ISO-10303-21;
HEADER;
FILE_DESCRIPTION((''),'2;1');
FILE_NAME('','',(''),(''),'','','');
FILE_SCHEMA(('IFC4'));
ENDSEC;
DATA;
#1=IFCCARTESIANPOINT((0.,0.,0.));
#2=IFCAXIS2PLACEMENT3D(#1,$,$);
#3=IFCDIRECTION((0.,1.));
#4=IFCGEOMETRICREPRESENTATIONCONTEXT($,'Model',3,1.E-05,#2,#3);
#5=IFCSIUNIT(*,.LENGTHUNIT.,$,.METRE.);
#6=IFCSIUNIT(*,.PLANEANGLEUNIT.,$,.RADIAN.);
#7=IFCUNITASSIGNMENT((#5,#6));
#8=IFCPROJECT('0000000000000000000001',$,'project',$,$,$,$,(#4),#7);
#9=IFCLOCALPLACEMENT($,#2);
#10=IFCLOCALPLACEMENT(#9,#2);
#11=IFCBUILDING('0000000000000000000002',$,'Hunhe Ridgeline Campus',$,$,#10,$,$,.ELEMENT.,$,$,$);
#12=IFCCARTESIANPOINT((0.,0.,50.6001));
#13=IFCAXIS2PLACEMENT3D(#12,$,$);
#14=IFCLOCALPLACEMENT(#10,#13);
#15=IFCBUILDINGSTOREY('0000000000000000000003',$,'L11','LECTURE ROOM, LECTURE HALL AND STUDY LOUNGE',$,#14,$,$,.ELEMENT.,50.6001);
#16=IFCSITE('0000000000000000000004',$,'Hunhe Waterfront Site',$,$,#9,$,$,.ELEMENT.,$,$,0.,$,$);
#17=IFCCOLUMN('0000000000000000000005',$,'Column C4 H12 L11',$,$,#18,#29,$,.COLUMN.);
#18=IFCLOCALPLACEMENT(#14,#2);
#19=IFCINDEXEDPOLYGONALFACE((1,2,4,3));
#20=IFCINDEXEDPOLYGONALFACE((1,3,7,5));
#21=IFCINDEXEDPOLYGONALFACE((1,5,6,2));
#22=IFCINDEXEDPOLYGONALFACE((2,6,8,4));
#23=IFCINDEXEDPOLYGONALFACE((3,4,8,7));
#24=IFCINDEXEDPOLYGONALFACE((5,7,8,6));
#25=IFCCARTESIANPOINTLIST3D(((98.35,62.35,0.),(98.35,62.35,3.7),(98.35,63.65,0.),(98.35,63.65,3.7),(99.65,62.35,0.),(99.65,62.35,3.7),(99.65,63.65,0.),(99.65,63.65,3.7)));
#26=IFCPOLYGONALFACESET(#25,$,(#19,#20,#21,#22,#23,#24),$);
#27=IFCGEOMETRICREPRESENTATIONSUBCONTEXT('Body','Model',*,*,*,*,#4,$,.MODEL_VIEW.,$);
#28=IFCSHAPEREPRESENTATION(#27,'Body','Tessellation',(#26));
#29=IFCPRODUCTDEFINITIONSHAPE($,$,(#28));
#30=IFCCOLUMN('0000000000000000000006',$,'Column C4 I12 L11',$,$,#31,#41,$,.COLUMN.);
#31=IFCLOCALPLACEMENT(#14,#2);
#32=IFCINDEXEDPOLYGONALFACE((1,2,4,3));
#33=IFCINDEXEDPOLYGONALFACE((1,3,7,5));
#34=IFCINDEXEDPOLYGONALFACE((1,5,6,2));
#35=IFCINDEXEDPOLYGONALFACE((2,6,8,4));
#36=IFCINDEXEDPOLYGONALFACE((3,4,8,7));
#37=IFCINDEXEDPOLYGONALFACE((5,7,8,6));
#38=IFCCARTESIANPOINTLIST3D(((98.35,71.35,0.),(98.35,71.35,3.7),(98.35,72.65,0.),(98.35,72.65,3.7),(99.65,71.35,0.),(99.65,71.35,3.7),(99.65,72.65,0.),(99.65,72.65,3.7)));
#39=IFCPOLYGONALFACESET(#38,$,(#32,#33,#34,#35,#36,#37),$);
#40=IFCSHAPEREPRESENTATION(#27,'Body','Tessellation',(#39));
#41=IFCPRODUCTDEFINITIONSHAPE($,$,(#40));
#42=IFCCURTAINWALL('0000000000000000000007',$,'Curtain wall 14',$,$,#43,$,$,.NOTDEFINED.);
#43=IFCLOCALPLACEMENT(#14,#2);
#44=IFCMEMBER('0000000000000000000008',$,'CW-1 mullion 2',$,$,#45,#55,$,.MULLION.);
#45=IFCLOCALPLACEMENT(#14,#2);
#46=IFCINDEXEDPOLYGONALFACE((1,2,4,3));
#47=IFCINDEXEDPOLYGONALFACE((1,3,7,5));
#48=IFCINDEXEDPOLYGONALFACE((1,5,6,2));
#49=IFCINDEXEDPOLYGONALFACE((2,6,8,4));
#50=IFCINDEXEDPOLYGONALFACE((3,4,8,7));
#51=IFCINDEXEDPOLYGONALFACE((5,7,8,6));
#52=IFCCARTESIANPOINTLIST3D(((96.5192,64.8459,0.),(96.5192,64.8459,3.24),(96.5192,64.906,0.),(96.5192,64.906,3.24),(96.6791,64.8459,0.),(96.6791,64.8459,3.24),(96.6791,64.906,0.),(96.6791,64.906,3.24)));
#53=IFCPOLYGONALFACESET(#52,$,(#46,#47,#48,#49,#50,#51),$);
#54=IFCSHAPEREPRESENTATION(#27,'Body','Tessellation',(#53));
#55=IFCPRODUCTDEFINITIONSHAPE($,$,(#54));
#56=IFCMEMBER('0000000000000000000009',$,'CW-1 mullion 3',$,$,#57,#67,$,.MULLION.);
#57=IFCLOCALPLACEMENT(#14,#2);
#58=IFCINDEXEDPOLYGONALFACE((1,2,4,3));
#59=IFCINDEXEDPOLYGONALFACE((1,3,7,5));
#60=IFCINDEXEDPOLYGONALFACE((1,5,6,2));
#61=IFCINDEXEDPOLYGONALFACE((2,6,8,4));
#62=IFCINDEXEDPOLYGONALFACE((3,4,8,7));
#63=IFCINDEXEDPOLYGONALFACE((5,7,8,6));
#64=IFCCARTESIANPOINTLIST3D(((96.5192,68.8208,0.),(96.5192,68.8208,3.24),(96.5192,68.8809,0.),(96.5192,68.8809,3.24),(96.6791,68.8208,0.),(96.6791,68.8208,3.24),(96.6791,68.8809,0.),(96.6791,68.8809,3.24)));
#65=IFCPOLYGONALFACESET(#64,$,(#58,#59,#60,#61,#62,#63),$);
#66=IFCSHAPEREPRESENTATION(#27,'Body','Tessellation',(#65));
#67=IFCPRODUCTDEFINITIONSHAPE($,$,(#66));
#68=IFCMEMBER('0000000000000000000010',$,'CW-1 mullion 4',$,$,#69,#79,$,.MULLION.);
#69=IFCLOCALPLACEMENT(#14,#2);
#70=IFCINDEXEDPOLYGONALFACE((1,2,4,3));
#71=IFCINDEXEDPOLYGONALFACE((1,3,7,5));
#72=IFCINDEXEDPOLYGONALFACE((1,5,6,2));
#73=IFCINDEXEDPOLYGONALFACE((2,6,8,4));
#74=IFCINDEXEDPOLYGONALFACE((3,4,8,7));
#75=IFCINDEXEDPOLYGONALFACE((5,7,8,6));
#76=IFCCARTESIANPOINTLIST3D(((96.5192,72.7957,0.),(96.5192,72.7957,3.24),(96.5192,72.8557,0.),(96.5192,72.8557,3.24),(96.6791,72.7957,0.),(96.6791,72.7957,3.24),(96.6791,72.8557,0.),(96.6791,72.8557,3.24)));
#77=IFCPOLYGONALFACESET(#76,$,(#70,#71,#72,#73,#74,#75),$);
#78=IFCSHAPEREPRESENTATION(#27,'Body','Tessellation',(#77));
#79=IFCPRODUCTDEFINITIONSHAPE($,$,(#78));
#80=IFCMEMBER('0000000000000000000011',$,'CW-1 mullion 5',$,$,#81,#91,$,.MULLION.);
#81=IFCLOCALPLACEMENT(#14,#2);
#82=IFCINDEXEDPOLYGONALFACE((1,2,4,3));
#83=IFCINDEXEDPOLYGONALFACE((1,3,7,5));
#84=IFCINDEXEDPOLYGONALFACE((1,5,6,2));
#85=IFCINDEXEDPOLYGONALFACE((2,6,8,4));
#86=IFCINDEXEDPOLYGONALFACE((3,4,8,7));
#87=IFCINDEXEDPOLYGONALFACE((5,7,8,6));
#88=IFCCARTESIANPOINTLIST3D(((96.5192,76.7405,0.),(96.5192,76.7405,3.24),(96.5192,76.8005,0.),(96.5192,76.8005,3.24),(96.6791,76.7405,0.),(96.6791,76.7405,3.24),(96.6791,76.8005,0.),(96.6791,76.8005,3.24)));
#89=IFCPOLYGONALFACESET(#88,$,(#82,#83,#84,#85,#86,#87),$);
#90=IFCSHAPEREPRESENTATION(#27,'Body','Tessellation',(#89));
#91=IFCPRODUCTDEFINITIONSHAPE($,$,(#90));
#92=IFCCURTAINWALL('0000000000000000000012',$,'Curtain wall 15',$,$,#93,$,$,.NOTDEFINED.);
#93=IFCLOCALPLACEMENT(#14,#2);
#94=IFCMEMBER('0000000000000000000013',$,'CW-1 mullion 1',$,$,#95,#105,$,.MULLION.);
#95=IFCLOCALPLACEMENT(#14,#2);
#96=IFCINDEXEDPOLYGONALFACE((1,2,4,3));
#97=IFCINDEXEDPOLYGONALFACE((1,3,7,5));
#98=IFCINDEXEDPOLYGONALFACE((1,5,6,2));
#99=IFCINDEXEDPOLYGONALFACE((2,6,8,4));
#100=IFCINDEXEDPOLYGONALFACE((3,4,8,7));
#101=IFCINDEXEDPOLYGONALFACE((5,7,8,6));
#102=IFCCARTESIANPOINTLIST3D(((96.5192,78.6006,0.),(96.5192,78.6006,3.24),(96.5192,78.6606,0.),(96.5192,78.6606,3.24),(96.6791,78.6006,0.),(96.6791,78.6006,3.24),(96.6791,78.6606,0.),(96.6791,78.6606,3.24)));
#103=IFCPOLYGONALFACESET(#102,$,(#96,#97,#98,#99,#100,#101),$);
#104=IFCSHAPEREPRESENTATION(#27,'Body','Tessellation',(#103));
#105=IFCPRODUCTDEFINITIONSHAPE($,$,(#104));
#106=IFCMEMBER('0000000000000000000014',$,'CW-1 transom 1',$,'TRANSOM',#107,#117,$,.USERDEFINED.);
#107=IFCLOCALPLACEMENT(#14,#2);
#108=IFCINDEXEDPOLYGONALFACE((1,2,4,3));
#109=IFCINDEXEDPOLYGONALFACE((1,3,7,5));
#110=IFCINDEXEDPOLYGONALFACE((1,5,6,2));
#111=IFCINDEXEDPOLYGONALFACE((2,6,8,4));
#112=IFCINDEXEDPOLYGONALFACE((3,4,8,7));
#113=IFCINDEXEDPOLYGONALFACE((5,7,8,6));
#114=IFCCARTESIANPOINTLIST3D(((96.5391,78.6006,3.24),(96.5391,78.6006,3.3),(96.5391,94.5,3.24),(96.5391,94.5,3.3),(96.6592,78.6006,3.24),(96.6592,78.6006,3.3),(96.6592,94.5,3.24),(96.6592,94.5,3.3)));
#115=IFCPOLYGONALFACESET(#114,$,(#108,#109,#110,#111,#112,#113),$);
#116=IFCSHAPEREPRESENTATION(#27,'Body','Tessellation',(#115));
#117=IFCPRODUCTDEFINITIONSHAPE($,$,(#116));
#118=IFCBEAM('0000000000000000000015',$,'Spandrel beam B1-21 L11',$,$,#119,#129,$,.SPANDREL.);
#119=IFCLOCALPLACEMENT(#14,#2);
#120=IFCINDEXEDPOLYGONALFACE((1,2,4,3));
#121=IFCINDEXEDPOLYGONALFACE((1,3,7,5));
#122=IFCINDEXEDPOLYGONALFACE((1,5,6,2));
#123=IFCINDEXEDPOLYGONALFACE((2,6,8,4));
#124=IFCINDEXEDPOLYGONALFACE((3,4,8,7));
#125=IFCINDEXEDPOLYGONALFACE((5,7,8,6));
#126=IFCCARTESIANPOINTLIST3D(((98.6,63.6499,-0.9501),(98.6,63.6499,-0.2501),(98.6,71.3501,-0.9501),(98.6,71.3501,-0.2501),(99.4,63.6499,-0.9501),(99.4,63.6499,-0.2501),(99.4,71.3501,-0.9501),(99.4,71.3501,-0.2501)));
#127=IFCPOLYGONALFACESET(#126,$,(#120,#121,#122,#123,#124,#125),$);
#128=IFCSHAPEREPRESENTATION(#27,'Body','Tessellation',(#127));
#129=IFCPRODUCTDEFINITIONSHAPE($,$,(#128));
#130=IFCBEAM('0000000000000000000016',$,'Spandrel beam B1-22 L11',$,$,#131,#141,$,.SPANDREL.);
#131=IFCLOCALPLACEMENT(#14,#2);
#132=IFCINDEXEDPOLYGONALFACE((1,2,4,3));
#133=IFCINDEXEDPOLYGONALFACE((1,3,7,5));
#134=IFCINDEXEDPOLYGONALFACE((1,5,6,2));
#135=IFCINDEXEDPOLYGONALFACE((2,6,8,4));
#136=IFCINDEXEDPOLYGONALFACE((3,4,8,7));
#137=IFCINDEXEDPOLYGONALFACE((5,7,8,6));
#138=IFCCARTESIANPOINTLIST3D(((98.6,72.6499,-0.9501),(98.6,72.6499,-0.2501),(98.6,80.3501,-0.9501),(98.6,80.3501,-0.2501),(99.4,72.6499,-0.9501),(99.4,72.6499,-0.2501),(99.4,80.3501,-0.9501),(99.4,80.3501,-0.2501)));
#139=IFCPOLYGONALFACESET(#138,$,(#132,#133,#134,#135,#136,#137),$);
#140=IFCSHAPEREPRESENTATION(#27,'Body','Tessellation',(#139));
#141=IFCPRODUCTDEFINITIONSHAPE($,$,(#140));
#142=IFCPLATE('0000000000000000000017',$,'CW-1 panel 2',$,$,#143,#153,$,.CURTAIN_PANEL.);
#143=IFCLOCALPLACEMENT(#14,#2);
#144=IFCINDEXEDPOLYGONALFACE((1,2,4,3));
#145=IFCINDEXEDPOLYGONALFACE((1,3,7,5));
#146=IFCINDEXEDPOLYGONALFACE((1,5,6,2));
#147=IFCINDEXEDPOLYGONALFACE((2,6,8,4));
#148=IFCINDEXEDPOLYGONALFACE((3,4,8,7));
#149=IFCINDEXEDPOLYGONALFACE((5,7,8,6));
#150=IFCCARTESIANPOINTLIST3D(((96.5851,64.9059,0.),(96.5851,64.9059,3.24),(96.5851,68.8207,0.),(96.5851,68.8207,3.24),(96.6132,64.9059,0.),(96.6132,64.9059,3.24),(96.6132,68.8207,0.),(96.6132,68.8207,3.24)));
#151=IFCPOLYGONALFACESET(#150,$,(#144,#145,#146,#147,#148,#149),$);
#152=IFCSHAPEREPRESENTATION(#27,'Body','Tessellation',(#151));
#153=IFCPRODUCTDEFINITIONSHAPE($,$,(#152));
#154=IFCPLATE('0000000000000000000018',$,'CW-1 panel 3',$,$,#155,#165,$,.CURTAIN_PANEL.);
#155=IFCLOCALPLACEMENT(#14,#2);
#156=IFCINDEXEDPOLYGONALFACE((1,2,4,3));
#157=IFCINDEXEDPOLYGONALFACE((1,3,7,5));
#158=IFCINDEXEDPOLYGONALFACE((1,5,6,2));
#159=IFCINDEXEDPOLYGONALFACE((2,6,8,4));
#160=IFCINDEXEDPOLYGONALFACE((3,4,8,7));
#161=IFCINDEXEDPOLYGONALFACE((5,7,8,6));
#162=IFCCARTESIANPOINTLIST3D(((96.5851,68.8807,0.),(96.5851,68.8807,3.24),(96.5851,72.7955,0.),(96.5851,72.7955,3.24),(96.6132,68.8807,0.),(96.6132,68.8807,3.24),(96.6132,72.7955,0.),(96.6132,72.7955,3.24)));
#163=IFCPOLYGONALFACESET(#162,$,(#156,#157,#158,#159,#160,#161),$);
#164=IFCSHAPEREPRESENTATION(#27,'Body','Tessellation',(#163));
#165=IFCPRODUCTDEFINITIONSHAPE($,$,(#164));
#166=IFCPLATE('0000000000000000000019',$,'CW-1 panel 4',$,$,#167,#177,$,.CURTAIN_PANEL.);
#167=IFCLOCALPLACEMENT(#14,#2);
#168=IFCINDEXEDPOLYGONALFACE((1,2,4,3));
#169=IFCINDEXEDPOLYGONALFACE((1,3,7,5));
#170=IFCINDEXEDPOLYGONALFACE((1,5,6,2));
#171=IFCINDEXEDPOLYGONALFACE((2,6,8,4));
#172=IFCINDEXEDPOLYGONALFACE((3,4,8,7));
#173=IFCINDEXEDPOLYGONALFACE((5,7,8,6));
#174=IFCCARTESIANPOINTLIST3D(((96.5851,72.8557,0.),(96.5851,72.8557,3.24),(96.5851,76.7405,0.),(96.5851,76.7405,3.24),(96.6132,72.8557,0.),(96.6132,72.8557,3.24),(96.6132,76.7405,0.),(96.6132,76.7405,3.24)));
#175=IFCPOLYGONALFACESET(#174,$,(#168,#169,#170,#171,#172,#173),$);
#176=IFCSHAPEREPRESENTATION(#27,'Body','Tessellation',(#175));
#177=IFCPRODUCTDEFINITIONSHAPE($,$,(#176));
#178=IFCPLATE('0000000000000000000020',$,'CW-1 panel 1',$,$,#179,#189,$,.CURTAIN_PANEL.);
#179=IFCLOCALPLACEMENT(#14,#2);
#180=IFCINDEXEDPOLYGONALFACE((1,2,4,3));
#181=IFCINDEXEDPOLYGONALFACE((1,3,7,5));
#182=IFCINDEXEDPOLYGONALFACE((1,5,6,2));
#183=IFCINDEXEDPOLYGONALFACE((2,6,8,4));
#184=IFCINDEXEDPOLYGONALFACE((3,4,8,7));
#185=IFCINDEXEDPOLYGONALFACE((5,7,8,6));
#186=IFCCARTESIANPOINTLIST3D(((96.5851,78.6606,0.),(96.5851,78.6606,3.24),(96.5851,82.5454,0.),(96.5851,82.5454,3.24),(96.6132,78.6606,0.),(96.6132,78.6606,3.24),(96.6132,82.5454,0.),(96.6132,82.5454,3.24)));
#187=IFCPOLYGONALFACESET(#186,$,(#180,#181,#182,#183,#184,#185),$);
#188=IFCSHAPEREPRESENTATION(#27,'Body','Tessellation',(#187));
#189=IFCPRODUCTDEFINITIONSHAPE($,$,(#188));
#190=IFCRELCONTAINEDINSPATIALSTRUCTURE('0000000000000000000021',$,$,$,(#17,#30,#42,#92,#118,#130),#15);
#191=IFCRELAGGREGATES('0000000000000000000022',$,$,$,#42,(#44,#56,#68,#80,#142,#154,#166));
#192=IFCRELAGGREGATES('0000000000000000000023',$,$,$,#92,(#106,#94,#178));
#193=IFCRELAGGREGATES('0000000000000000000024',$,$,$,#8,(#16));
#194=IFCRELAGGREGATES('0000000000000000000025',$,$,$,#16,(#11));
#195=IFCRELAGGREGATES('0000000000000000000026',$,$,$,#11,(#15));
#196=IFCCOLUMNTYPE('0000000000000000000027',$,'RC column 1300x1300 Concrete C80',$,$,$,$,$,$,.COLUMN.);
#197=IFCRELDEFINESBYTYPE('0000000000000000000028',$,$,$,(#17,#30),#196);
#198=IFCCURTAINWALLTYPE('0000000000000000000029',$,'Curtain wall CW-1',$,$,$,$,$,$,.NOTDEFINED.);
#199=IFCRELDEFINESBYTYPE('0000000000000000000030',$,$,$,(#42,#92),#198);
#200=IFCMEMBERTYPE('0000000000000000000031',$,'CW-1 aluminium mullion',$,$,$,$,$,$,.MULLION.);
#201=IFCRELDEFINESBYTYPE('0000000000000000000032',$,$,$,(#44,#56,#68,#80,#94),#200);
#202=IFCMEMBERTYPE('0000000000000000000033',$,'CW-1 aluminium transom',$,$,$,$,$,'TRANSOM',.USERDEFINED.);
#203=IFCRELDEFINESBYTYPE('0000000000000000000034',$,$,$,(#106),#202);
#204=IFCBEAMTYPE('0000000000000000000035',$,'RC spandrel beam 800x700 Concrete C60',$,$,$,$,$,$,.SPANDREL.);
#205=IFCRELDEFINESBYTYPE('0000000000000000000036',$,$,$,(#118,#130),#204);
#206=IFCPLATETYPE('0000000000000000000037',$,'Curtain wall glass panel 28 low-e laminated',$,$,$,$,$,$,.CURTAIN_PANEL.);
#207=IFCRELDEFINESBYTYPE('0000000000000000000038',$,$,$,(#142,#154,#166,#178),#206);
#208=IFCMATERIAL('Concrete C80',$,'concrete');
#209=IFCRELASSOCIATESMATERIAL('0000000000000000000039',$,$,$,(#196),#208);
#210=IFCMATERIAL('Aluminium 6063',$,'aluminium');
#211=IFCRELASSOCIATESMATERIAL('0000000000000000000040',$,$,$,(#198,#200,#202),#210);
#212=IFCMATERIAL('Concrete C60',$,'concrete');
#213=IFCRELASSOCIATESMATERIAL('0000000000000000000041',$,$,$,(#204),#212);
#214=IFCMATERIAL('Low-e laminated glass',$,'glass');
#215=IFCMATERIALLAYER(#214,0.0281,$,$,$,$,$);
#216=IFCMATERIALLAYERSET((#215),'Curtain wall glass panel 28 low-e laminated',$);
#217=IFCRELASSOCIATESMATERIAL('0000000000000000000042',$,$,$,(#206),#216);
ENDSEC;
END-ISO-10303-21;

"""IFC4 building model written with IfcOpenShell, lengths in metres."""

from ifc_helpers import new_model, si_unit, direction, frame, origin, origin_2d, place, context, subcontext, project, spatial, rectangle, extrude, material, layer, layer_set, material_profile, profile_set, type_object, element, aggregate, save


model = new_model("IFC4")

# Units and contexts
model_context = context("Model", 3, precision=1e-05, world=origin(), true_north=direction((0.0, 1.0)))
body_context = subcontext(model_context, "Body", "Model", "MODEL_VIEW")
ifc_project = project(units=[si_unit("LENGTHUNIT", "METRE"), si_unit("PLANEANGLEUNIT", "RADIAN")], contexts=[model_context])

# Site, building, storey
site_placement = place(None, origin())
site = spatial("IfcSite", under=ifc_project, at=site_placement, Name="Hunhe Waterfront Site", CompositionType="ELEMENT", RefElevation=0.0)
building_placement = place(site_placement, origin())
building = spatial("IfcBuilding", under=site, at=building_placement, Name="Hunhe Ridgeline Campus", CompositionType="ELEMENT")
storey_placement = place(building_placement, frame((0.0, 0.0, 50.6001)))
storey = spatial("IfcBuildingStorey", under=building, at=storey_placement, Name="L11", Description="LECTURE ROOM, LECTURE HALL AND STUDY LOUNGE", CompositionType="ELEMENT", Elevation=50.6001)

# Columns
ifc_material_1 = material(Name="Concrete C80", Category="concrete")
ifc_material_profile_1 = material_profile(ifc_material_1, rectangle(XDim=1.3, YDim=1.3, at=origin_2d()))
ifc_profile_set_1 = profile_set([ifc_material_profile_1], Name="Concrete C80")
column_type = type_object("IfcColumnType", Name="RC column 1300x1300 Concrete C80", PredefinedType="COLUMN", material=ifc_profile_set_1)
for number, where, z_axis, x_axis, name in (
    (1, (99.0, 63.0, 0.0), (0.0, 0.0, 1.0), (1.0, 0.0, 0.0), "Column C4 H12 L11"),
    (2, (99.0, 72.0, 0.0), (0.0, 0.0, 1.0), (1.0, 0.0, 0.0), "Column C4 I12 L11"),
):
    element("IfcColumn", number, at=place(storey_placement, frame(where, z_axis=z_axis, x_axis=x_axis)), inside=storey, type_object=column_type, Name=name, PredefinedType="COLUMN", context=body_context, shape_type="SweptSolid", body=[
        extrude(rectangle(XDim=1.3, YDim=1.3, at=origin_2d()), origin(), (0.0, 0.0, 1.0), 3.7),
    ])

# Curtain walls, members
ifc_material_2 = material(Name="Aluminium 6063", Category="aluminium")
curtain_wall_type = type_object("IfcCurtainWallType", Name="Curtain wall CW-1", PredefinedType="NOTDEFINED", material=ifc_material_2)
curtain_wall_1_placement = place(storey_placement, origin())
curtain_wall_1 = element("IfcCurtainWall", 3, at=curtain_wall_1_placement, inside=storey, type_object=curtain_wall_type, Name="Curtain wall 14", PredefinedType="NOTDEFINED")
ifc_material_profile_2 = material_profile(ifc_material_2, rectangle(XDim=0.1599, YDim=0.0601, at=origin_2d()))
ifc_profile_set_2 = profile_set([ifc_material_profile_2], Name="Aluminium 6063")
member_type_1 = type_object("IfcMemberType", Name="CW-1 aluminium mullion", PredefinedType="MULLION", material=ifc_profile_set_2)
member_1_placement = place(storey_placement, frame((96.5991, 64.876, 0.0), z_axis=(0.0, 0.0, 1.0), x_axis=(-1.0, 0.0, 0.0)))
member_1 = element("IfcMember", 4, at=member_1_placement, type_object=member_type_1, Name="CW-1 mullion 2", PredefinedType="MULLION", context=body_context, shape_type="SweptSolid", body=[
    extrude(rectangle(XDim=0.1599, YDim=0.0601, at=origin_2d()), origin(), (0.0, 0.0, 1.0), 3.24),
])
member_2_placement = place(storey_placement, frame((96.5991, 68.8508, 0.0), z_axis=(0.0, 0.0, 1.0), x_axis=(-1.0, 0.0, 0.0)))
member_2 = element("IfcMember", 5, at=member_2_placement, type_object=member_type_1, Name="CW-1 mullion 3", PredefinedType="MULLION", context=body_context, shape_type="SweptSolid", body=[
    extrude(rectangle(XDim=0.1599, YDim=0.0601, at=origin_2d()), origin(), (0.0, 0.0, 1.0), 3.24),
])
member_3_placement = place(storey_placement, frame((96.5991, 72.8257, 0.0), z_axis=(0.0, 0.0, 1.0), x_axis=(-1.0, 0.0, 0.0)))
member_3 = element("IfcMember", 6, at=member_3_placement, type_object=member_type_1, Name="CW-1 mullion 4", PredefinedType="MULLION", context=body_context, shape_type="SweptSolid", body=[
    extrude(rectangle(XDim=0.1599, YDim=0.0601, at=origin_2d()), origin(), (0.0, 0.0, 1.0), 3.24),
])
member_4_placement = place(storey_placement, frame((96.5991, 76.7705, 0.0), z_axis=(0.0, 0.0, 1.0), x_axis=(-1.0, 0.0, 0.0)))
member_4 = element("IfcMember", 7, at=member_4_placement, type_object=member_type_1, Name="CW-1 mullion 5", PredefinedType="MULLION", context=body_context, shape_type="SweptSolid", body=[
    extrude(rectangle(XDim=0.1599, YDim=0.0601, at=origin_2d()), origin(), (0.0, 0.0, 1.0), 3.24),
])
curtain_wall_2_placement = place(storey_placement, origin())
curtain_wall_2 = element("IfcCurtainWall", 8, at=curtain_wall_2_placement, inside=storey, type_object=curtain_wall_type, Name="Curtain wall 15", PredefinedType="NOTDEFINED")
member_5_placement = place(storey_placement, frame((96.5991, 78.6306, 0.0), z_axis=(0.0, 0.0, 1.0), x_axis=(-1.0, 0.0, 0.0)))
member_5 = element("IfcMember", 9, at=member_5_placement, type_object=member_type_1, Name="CW-1 mullion 1", PredefinedType="MULLION", context=body_context, shape_type="SweptSolid", body=[
    extrude(rectangle(XDim=0.1599, YDim=0.0601, at=origin_2d()), origin(), (0.0, 0.0, 1.0), 3.24),
])
ifc_material_profile_3 = material_profile(ifc_material_2, rectangle(XDim=0.1201, YDim=0.0601, at=origin_2d()))
ifc_profile_set_3 = profile_set([ifc_material_profile_3], Name="Aluminium 6063")
member_type_2 = type_object("IfcMemberType", Name="CW-1 aluminium transom", ElementType="TRANSOM", PredefinedType="USERDEFINED", material=ifc_profile_set_3)
member_6_placement = place(storey_placement, frame((96.5991, 78.6006, 3.27), z_axis=(0.0, 1.0, 0.0), x_axis=(-1.0, 0.0, 0.0)))
member_6 = element("IfcMember", 10, at=member_6_placement, type_object=member_type_2, Name="CW-1 transom 1", ObjectType="TRANSOM", PredefinedType="USERDEFINED", context=body_context, shape_type="SweptSolid", body=[
    extrude(rectangle(XDim=0.1201, YDim=0.0601, at=origin_2d()), origin(), (0.0, 0.0, 1.0), 15.8994),
])

# Beams
ifc_material_3 = material(Name="Concrete C60", Category="concrete")
ifc_material_profile_4 = material_profile(ifc_material_3, rectangle(XDim=0.8, YDim=0.7, at=origin_2d()))
ifc_profile_set_4 = profile_set([ifc_material_profile_4], Name="Concrete C60")
beam_type = type_object("IfcBeamType", Name="RC spandrel beam 800x700 Concrete C60", PredefinedType="SPANDREL", material=ifc_profile_set_4)
for number, where, z_axis, x_axis, name in (
    (11, (99.0, 63.6499, -0.6001), (0.0, 1.0, 0.0), (-1.0, 0.0, 0.0), "Spandrel beam B1-21 L11"),
    (12, (99.0, 72.6499, -0.6001), (0.0, 1.0, 0.0), (-1.0, 0.0, 0.0), "Spandrel beam B1-22 L11"),
):
    element("IfcBeam", number, at=place(storey_placement, frame(where, z_axis=z_axis, x_axis=x_axis)), inside=storey, type_object=beam_type, Name=name, PredefinedType="SPANDREL", context=body_context, shape_type="SweptSolid", body=[
        extrude(rectangle(XDim=0.8, YDim=0.7, at=origin_2d()), origin(), (0.0, 0.0, 1.0), 7.7002),
    ])

# Plates
ifc_material_4 = material(Name="Low-e laminated glass", Category="glass")
ifc_layer_1 = layer(ifc_material_4, 0.0281)
ifc_layer_set_1 = layer_set([ifc_layer_1], Name="Curtain wall glass panel 28 low-e laminated")
plate_type = type_object("IfcPlateType", Name="Curtain wall glass panel 28 low-e laminated", PredefinedType="CURTAIN_PANEL", material=ifc_layer_set_1)
plate_1_placement = place(storey_placement, frame((96.5991, 66.8633, 0.0), z_axis=(0.0, 0.0, 1.0), x_axis=(0.0, 1.0, 0.0)))
plate_1 = element("IfcPlate", 13, at=plate_1_placement, type_object=plate_type, Name="CW-1 panel 2", PredefinedType="CURTAIN_PANEL", context=body_context, shape_type="SweptSolid", body=[
    extrude(rectangle(XDim=3.9148, YDim=0.0281, at=origin_2d()), origin(), (0.0, 0.0, 1.0), 3.24),
])
plate_2_placement = place(storey_placement, frame((96.5991, 70.8381, 0.0), z_axis=(0.0, 0.0, 1.0), x_axis=(0.0, 1.0, 0.0)))
plate_2 = element("IfcPlate", 14, at=plate_2_placement, type_object=plate_type, Name="CW-1 panel 3", PredefinedType="CURTAIN_PANEL", context=body_context, shape_type="SweptSolid", body=[
    extrude(rectangle(XDim=3.9148, YDim=0.0281, at=origin_2d()), origin(), (0.0, 0.0, 1.0), 3.24),
])
plate_3_placement = place(storey_placement, frame((96.5991, 74.7981, 0.0), z_axis=(0.0, 0.0, 1.0), x_axis=(0.0, 1.0, 0.0)))
plate_3 = element("IfcPlate", 15, at=plate_3_placement, type_object=plate_type, Name="CW-1 panel 4", PredefinedType="CURTAIN_PANEL", context=body_context, shape_type="SweptSolid", body=[
    extrude(rectangle(XDim=3.8848, YDim=0.0281, at=origin_2d()), origin(), (0.0, 0.0, 1.0), 3.24),
])
aggregate(curtain_wall_1, [member_1, member_2, member_3, member_4, plate_1, plate_2, plate_3])
plate_4_placement = place(storey_placement, frame((96.5991, 80.603, 0.0), z_axis=(0.0, 0.0, 1.0), x_axis=(0.0, 1.0, 0.0)))
plate_4 = element("IfcPlate", 16, at=plate_4_placement, type_object=plate_type, Name="CW-1 panel 1", PredefinedType="CURTAIN_PANEL", context=body_context, shape_type="SweptSolid", body=[
    extrude(rectangle(XDim=3.8848, YDim=0.0281, at=origin_2d()), origin(), (0.0, 0.0, 1.0), 3.24),
])
aggregate(curtain_wall_2, [member_6, member_5, plate_4])

save(model, "model.ifc")
